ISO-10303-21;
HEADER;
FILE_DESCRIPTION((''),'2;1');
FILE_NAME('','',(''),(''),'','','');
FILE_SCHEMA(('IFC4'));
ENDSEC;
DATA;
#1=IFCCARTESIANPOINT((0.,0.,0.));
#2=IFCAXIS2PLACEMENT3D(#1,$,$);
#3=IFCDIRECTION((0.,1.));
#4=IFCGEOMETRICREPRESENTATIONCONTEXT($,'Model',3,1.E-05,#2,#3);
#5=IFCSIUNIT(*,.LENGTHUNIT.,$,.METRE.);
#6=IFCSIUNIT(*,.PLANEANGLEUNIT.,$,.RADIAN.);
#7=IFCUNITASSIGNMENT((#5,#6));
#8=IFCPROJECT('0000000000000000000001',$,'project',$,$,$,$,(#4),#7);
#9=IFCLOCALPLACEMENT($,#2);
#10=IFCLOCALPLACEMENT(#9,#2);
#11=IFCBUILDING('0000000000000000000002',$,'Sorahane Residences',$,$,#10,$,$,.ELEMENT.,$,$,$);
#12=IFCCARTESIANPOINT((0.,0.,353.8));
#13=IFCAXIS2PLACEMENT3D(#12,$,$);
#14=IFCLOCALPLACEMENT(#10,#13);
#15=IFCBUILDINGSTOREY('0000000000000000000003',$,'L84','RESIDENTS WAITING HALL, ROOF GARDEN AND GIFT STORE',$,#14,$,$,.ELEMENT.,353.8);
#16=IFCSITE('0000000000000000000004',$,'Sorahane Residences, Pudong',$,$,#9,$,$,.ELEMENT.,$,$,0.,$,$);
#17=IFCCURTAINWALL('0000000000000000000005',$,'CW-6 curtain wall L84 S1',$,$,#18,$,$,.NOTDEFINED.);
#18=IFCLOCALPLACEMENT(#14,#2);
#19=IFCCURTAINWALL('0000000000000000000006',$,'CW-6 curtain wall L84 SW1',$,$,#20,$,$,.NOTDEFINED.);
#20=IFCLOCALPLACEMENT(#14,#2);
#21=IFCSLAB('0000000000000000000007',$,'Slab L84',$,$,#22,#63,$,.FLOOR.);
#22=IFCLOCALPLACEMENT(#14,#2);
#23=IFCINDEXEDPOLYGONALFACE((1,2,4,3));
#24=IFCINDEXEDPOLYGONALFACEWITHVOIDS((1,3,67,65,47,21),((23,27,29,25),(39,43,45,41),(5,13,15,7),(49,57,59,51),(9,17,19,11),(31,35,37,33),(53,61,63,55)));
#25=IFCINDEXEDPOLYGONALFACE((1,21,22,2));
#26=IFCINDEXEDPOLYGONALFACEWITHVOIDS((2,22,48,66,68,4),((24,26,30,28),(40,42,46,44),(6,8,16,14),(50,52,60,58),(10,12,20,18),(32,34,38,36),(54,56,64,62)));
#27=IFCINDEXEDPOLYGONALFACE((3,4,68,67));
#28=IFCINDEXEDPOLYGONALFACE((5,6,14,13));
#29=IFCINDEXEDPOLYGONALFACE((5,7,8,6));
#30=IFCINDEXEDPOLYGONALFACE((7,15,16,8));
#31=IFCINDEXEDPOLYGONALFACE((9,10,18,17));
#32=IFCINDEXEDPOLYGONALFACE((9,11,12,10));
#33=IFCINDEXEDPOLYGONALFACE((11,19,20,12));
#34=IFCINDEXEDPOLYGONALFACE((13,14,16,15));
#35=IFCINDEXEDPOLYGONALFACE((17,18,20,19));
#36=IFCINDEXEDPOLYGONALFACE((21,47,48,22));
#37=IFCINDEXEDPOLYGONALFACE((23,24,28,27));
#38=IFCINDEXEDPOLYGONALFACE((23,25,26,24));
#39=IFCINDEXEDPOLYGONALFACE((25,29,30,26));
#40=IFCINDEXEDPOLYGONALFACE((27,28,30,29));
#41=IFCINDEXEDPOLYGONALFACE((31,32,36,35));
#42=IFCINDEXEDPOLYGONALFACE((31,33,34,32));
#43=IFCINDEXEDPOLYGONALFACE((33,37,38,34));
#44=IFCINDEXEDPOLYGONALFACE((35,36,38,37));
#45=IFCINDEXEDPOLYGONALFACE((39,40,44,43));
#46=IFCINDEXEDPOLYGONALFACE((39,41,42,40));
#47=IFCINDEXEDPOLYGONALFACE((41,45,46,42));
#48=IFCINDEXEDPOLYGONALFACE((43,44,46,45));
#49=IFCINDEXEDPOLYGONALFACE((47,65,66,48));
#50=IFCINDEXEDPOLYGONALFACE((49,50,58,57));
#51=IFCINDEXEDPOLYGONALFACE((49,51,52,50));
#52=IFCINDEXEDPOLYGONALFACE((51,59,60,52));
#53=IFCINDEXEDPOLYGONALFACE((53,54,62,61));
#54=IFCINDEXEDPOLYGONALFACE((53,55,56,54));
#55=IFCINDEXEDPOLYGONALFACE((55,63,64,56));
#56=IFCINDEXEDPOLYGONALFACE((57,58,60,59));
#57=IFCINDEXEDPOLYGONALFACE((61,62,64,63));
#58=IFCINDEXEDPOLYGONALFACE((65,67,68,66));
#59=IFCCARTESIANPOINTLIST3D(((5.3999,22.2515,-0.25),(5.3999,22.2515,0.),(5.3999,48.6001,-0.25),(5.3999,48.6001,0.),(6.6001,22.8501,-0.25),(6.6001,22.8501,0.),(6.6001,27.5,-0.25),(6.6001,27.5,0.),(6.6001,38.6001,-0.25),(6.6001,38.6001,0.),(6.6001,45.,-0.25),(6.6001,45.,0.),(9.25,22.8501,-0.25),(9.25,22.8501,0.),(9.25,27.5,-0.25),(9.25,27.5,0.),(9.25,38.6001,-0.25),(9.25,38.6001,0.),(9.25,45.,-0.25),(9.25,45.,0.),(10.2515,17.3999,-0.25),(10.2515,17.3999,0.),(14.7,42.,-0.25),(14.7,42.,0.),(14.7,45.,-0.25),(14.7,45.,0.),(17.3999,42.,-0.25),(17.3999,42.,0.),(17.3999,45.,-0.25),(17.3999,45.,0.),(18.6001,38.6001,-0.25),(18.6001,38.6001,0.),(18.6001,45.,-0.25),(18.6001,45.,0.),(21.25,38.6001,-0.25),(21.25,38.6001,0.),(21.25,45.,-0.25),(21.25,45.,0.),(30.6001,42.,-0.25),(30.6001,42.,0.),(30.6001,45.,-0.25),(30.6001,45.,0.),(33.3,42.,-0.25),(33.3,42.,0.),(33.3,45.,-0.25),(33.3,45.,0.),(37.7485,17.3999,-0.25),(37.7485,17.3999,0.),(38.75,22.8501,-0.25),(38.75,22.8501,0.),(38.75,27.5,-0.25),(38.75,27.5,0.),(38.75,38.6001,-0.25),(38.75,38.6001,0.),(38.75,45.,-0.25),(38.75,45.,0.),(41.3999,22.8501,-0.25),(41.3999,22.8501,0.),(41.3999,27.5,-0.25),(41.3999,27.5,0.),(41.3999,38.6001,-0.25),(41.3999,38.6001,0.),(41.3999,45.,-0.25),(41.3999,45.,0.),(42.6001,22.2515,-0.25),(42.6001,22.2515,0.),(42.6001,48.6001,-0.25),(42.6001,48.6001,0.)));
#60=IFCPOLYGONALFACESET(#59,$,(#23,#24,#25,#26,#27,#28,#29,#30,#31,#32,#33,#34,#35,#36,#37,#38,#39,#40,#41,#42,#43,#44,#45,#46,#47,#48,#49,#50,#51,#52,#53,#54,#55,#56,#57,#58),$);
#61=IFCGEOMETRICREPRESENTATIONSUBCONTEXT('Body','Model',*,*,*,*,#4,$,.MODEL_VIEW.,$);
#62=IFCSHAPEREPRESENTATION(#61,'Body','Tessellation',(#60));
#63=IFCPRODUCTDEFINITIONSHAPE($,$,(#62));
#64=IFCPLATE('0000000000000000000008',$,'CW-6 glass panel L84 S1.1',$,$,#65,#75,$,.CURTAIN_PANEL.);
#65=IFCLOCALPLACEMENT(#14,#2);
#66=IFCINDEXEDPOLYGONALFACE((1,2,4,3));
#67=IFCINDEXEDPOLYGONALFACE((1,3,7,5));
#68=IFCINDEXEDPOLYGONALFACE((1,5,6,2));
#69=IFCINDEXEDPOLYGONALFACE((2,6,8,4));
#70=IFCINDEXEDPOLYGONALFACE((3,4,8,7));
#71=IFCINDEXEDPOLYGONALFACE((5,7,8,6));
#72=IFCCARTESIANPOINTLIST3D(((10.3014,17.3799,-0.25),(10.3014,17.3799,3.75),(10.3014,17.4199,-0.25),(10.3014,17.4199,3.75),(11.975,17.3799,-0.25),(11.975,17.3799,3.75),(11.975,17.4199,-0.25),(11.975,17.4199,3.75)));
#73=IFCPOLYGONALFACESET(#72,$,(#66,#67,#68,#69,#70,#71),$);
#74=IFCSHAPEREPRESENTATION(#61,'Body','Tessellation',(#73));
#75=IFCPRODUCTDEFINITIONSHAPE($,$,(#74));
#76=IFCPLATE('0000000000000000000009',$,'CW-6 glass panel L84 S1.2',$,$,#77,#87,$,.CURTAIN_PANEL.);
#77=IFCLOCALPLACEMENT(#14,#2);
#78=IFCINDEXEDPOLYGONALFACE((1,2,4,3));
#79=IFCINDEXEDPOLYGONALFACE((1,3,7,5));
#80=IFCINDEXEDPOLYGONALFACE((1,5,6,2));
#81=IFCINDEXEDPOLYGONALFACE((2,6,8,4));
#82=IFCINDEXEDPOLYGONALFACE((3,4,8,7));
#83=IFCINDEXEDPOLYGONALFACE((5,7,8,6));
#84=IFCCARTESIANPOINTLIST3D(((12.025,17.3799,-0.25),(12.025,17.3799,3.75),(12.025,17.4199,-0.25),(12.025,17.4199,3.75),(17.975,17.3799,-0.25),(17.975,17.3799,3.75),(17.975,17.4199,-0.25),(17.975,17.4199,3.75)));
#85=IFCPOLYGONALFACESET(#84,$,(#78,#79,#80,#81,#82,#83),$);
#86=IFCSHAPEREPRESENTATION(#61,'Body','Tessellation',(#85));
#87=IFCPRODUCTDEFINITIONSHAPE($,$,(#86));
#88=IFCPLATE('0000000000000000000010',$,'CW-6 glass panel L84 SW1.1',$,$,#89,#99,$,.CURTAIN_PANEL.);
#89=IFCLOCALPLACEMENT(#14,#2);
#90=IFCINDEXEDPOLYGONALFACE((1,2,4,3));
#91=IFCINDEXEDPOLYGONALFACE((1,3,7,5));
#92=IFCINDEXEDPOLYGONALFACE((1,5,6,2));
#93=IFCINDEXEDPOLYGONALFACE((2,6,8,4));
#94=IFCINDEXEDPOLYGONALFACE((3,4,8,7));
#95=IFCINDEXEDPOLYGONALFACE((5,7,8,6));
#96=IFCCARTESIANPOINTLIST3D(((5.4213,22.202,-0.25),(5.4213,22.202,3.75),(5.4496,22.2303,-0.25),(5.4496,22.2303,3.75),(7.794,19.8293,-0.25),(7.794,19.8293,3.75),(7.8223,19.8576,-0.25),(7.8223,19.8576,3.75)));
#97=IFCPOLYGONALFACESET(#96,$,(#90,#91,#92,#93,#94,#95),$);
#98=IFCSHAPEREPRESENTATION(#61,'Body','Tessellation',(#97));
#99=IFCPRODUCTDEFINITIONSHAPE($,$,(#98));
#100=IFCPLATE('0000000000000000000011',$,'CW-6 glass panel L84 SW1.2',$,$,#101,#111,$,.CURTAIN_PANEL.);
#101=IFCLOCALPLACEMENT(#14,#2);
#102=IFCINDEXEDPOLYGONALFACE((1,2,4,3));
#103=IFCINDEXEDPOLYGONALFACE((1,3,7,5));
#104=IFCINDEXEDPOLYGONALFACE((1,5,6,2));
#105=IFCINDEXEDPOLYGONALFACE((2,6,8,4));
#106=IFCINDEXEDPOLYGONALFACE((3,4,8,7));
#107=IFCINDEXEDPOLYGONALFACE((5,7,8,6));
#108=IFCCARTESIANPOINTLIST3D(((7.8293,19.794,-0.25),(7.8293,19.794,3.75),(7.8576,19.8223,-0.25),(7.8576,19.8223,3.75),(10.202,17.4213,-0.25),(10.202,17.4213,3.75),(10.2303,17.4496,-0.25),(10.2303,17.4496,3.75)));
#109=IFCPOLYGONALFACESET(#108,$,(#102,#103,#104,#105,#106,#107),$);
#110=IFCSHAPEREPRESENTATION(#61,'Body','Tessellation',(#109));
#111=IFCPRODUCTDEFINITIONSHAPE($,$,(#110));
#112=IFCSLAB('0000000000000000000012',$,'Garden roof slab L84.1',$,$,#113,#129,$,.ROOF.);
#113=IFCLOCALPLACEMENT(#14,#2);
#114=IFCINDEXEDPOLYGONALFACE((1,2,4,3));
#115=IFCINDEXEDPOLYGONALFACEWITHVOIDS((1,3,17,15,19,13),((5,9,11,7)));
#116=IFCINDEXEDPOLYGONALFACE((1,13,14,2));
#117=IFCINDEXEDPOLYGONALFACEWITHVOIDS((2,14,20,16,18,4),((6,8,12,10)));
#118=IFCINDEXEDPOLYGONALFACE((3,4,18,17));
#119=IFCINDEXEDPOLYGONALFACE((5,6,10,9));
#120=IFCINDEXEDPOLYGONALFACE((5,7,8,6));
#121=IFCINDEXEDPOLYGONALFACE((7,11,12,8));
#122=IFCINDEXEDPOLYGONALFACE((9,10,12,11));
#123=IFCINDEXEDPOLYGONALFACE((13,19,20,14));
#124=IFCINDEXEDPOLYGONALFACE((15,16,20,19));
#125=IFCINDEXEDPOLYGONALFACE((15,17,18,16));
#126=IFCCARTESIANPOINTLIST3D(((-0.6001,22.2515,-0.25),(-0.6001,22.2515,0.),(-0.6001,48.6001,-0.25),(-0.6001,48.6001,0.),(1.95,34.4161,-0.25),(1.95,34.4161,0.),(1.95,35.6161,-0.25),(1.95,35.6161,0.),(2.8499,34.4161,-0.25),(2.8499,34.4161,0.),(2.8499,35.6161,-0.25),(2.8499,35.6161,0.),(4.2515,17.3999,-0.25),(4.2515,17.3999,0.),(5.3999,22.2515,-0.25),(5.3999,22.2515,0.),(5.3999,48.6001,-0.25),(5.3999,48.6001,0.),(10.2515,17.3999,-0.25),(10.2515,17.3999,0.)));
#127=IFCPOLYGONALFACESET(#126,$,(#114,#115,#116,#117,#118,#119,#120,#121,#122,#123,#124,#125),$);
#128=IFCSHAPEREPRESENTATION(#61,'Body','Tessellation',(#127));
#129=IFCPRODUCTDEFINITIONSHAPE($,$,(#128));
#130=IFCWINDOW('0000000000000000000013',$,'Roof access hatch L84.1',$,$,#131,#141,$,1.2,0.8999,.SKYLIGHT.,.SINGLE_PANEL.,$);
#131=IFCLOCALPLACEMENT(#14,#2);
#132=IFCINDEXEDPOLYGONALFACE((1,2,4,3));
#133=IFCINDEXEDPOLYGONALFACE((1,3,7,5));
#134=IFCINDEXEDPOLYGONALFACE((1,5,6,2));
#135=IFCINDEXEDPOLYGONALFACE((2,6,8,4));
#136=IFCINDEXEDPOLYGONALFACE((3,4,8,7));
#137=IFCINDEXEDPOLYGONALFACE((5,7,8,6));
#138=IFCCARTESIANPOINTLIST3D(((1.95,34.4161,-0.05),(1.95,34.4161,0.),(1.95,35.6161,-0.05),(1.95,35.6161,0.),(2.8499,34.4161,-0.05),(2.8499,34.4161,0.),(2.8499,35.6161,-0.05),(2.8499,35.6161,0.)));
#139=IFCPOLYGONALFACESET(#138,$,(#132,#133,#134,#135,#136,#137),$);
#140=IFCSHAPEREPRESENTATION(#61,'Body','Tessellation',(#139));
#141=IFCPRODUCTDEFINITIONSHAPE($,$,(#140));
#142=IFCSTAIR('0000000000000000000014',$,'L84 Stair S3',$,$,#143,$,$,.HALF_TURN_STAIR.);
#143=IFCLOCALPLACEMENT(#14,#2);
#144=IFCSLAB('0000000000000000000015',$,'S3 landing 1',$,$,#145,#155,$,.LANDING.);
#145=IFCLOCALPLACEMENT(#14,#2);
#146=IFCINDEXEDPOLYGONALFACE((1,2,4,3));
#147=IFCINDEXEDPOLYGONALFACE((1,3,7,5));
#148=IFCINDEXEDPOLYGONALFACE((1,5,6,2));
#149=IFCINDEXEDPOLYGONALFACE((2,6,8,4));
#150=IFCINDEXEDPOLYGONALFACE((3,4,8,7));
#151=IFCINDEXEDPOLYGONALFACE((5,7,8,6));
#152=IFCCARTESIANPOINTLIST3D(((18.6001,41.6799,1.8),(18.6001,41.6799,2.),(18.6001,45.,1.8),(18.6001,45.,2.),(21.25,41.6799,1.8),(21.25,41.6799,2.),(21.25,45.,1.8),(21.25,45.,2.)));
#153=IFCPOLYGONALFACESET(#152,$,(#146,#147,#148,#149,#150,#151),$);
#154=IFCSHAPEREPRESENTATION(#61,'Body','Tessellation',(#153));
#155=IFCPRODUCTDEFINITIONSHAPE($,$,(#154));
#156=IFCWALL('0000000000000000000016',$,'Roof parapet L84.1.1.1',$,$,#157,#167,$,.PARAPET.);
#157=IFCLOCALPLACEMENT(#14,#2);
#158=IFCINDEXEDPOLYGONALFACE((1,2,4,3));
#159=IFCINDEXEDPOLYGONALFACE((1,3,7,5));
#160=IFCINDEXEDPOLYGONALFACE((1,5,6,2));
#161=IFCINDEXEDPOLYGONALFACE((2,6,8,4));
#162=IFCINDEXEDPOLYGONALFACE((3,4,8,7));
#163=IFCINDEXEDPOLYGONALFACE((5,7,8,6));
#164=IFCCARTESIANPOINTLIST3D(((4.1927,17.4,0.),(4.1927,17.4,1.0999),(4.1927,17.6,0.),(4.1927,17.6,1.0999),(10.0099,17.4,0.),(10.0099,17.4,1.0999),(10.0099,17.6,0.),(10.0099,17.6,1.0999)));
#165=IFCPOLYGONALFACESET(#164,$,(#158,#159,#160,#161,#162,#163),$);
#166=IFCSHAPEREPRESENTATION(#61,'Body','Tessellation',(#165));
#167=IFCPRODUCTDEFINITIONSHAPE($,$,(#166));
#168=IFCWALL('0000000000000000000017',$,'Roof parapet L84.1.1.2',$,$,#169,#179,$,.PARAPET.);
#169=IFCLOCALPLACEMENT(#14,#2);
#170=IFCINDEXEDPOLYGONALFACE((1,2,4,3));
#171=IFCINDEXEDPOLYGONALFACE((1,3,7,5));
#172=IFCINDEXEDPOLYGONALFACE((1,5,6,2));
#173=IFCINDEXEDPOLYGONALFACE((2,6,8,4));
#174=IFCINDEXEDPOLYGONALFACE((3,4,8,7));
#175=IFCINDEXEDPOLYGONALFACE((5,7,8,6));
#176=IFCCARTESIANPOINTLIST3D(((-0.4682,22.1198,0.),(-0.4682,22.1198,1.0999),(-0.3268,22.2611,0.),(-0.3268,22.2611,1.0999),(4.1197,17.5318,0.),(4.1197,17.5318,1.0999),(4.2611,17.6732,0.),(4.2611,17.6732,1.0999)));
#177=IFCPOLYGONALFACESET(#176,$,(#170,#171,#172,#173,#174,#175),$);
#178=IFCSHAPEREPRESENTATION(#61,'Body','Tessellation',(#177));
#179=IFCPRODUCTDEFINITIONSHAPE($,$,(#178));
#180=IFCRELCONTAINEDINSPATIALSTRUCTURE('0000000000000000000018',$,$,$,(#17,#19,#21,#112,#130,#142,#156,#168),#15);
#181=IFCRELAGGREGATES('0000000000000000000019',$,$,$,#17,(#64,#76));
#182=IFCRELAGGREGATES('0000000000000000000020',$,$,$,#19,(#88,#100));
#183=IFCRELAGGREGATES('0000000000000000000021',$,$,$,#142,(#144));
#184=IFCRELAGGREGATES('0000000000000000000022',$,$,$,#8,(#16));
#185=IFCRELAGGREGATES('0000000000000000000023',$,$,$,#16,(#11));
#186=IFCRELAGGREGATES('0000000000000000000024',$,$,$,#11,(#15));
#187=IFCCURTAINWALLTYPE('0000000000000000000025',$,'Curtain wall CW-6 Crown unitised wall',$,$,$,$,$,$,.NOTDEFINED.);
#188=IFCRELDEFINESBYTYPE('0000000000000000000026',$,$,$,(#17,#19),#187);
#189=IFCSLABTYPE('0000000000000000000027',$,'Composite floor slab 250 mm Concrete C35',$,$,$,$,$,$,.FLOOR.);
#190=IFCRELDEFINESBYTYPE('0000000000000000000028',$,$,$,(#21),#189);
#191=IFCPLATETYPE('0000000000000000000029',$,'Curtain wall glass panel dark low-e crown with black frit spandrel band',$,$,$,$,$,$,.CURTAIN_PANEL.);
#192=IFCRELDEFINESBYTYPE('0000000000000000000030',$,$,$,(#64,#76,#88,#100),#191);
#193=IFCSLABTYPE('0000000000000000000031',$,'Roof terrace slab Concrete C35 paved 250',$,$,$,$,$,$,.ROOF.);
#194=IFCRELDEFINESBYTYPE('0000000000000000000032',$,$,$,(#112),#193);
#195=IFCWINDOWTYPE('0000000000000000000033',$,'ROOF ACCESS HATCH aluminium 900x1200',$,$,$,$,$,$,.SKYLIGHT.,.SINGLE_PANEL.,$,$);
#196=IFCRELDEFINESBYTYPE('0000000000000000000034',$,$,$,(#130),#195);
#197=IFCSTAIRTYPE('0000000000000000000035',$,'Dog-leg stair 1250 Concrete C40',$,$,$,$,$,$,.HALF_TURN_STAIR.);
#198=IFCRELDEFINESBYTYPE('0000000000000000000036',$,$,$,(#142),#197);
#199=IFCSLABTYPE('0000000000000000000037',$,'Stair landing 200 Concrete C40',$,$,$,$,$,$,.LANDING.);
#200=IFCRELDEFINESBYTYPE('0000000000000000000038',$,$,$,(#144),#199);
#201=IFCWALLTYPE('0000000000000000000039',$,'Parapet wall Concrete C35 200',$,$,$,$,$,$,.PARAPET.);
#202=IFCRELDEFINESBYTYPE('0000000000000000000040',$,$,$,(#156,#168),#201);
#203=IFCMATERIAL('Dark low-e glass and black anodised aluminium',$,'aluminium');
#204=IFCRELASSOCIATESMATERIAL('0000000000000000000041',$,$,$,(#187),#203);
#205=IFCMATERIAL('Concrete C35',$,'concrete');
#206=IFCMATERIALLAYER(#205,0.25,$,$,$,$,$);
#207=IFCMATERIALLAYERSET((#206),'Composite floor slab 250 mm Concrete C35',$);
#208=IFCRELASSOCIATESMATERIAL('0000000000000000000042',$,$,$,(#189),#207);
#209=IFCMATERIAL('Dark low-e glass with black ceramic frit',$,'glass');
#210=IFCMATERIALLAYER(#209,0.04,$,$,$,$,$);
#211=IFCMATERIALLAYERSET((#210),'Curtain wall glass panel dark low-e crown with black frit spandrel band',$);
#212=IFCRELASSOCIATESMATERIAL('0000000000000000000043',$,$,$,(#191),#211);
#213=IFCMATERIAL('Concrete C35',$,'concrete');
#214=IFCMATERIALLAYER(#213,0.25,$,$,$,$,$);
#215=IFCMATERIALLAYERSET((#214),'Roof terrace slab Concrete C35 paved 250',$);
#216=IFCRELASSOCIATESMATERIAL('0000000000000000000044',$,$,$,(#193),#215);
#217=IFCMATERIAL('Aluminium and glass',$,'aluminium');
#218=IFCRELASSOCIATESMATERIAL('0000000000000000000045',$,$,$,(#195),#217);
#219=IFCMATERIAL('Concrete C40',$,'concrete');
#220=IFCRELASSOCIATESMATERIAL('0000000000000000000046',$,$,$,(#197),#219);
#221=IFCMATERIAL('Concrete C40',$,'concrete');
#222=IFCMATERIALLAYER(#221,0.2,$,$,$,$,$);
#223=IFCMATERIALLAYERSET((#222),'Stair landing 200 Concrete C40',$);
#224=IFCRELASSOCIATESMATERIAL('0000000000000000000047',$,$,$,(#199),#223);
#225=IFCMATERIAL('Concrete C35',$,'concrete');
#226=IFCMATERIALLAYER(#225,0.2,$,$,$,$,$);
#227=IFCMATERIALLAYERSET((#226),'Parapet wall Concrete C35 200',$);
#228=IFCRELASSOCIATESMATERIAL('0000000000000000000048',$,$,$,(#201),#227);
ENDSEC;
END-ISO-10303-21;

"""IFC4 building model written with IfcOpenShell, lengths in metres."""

from ifc_helpers import new_model, si_unit, direction, frame, frame_2d, origin, origin_2d, place, context, subcontext, project, spatial, polyline, rectangle, outline, extrude, material, layer, layer_set, type_object, element, fill, aggregate, save


model = new_model("IFC4")

# Units and contexts
model_context = context("Model", 3, precision=1e-05, world=origin(), true_north=direction((0.0, 1.0)))
body_context = subcontext(model_context, "Body", "Model", "MODEL_VIEW")
ifc_project = project(units=[si_unit("LENGTHUNIT", "METRE"), si_unit("PLANEANGLEUNIT", "RADIAN")], contexts=[model_context])

# Site, building, storey
site_placement = place(None, origin())
site = spatial("IfcSite", under=ifc_project, at=site_placement, Name="Sorahane Residences, Pudong", CompositionType="ELEMENT", RefElevation=0.0)
building_placement = place(site_placement, origin())
building = spatial("IfcBuilding", under=site, at=building_placement, Name="Sorahane Residences", CompositionType="ELEMENT")
storey_placement = place(building_placement, frame((0.0, 0.0, 353.8)))
storey = spatial("IfcBuildingStorey", under=building, at=storey_placement, Name="L84", Description="RESIDENTS WAITING HALL, ROOF GARDEN AND GIFT STORE", CompositionType="ELEMENT", Elevation=353.8)

# Curtain walls
ifc_material_1 = material(Name="Dark low-e glass and black anodised aluminium", Category="aluminium")
curtain_wall_type = type_object("IfcCurtainWallType", Name="Curtain wall CW-6 Crown unitised wall", PredefinedType="NOTDEFINED", material=ifc_material_1)
curtain_wall_1_placement = place(storey_placement, origin())
curtain_wall_1 = element("IfcCurtainWall", 1, at=curtain_wall_1_placement, inside=storey, type_object=curtain_wall_type, Name="CW-6 curtain wall L84 S1", PredefinedType="NOTDEFINED")
curtain_wall_2_placement = place(storey_placement, origin())
curtain_wall_2 = element("IfcCurtainWall", 2, at=curtain_wall_2_placement, inside=storey, type_object=curtain_wall_type, Name="CW-6 curtain wall L84 SW1", PredefinedType="NOTDEFINED")

# Slab
ifc_material_2 = material(Name="Concrete C35", Category="concrete")
ifc_layer_1 = layer(ifc_material_2, 0.25)
ifc_layer_set_1 = layer_set([ifc_layer_1], Name="Composite floor slab 250 mm Concrete C35")
slab_type_1 = type_object("IfcSlabType", Name="Composite floor slab 250 mm Concrete C35", PredefinedType="FLOOR", material=ifc_layer_set_1)
slab_1_placement = place(storey_placement, frame((0.0, 0.0, -0.25)))
element("IfcSlab", 3, at=slab_1_placement, inside=storey, type_object=slab_type_1, Name="Slab L84", PredefinedType="FLOOR", context=body_context, shape_type="SweptSolid", body=[
    extrude(outline(polyline([(10.2515, 17.3999), (5.3999, 22.2515), (5.3999, 48.6001), (42.6001, 48.6001), (42.6001, 22.2515), (37.7485, 17.3999), (10.2515, 17.3999)]), holes=[polyline([(30.6001, 42.0), (33.3, 42.0), (33.3, 45.0), (30.6001, 45.0), (30.6001, 42.0)]), polyline([(14.7, 42.0), (17.3999, 42.0), (17.3999, 45.0), (14.7, 45.0), (14.7, 42.0)]), polyline([(9.25, 38.6001), (9.25, 45.0), (6.6001, 45.0), (6.6001, 38.6001), (9.25, 38.6001)]), polyline([(41.3999, 38.6001), (41.3999, 45.0), (38.75, 45.0), (38.75, 38.6001), (41.3999, 38.6001)]), polyline([(21.25, 38.6001), (21.25, 45.0), (18.6001, 45.0), (18.6001, 38.6001), (21.25, 38.6001)]), polyline([(9.25, 22.8501), (9.25, 27.5), (6.6001, 27.5), (6.6001, 22.8501), (9.25, 22.8501)]), polyline([(41.3999, 22.8501), (41.3999, 27.5), (38.75, 27.5), (38.75, 22.8501), (41.3999, 22.8501)])]), origin(), (0.0, 0.0, 1.0), 0.25),
])

# Plates
ifc_material_3 = material(Name="Dark low-e glass with black ceramic frit", Category="glass")
ifc_layer_2 = layer(ifc_material_3, 0.04)
ifc_layer_set_2 = layer_set([ifc_layer_2], Name="Curtain wall glass panel dark low-e crown with black frit spandrel band")
plate_type = type_object("IfcPlateType", Name="Curtain wall glass panel dark low-e crown with black frit spandrel band", PredefinedType="CURTAIN_PANEL", material=ifc_layer_set_2)
plate_1_placement = place(storey_placement, frame((11.1382, 17.3999, -0.25), z_axis=(0.0, 0.0, 1.0), x_axis=(1.0, 0.0, 0.0)))
plate_1 = element("IfcPlate", 4, at=plate_1_placement, type_object=plate_type, Name="CW-6 glass panel L84 S1.1", PredefinedType="CURTAIN_PANEL", context=body_context, shape_type="SweptSolid", body=[
    extrude(rectangle(XDim=1.6736, YDim=0.04, at=origin_2d()), origin(), (0.0, 0.0, 1.0), 4.0),
])
plate_2_placement = place(storey_placement, frame((15.0, 17.3999, -0.25), z_axis=(0.0, 0.0, 1.0), x_axis=(1.0, 0.0, 0.0)))
plate_2 = element("IfcPlate", 5, at=plate_2_placement, type_object=plate_type, Name="CW-6 glass panel L84 S1.2", PredefinedType="CURTAIN_PANEL", context=body_context, shape_type="SweptSolid", body=[
    extrude(rectangle(XDim=5.95, YDim=0.04, at=origin_2d()), origin(), (0.0, 0.0, 1.0), 4.0),
])
aggregate(curtain_wall_1, [plate_1, plate_2])
plate_3_placement = place(storey_placement, frame((6.6218, 21.0298, -0.25), z_axis=(0.0, 0.0, 1.0), x_axis=(0.707107, -0.707107, 0.0)))
plate_3 = element("IfcPlate", 6, at=plate_3_placement, type_object=plate_type, Name="CW-6 glass panel L84 SW1.1", PredefinedType="CURTAIN_PANEL", context=body_context, shape_type="SweptSolid", body=[
    extrude(rectangle(XDim=3.3555, YDim=0.04, at=origin_2d()), origin(), (0.0, 0.0, 1.0), 4.0),
])
plate_4_placement = place(storey_placement, frame((9.0298, 18.6218, -0.25), z_axis=(0.0, 0.0, 1.0), x_axis=(0.707107, -0.707107, 0.0)))
plate_4 = element("IfcPlate", 7, at=plate_4_placement, type_object=plate_type, Name="CW-6 glass panel L84 SW1.2", PredefinedType="CURTAIN_PANEL", context=body_context, shape_type="SweptSolid", body=[
    extrude(rectangle(XDim=3.3555, YDim=0.04, at=origin_2d()), origin(), (0.0, 0.0, 1.0), 4.0),
])
aggregate(curtain_wall_2, [plate_3, plate_4])

# Slab, opening, window
ifc_material_4 = material(Name="Concrete C35", Category="concrete")
ifc_layer_3 = layer(ifc_material_4, 0.25)
ifc_layer_set_3 = layer_set([ifc_layer_3], Name="Roof terrace slab Concrete C35 paved 250")
slab_type_2 = type_object("IfcSlabType", Name="Roof terrace slab Concrete C35 paved 250", PredefinedType="ROOF", material=ifc_layer_set_3)
slab_2_placement = place(storey_placement, frame((0.0, 0.0, -0.25)))
slab_2 = element("IfcSlab", 8, at=slab_2_placement, inside=storey, type_object=slab_type_2, Name="Garden roof slab L84.1", PredefinedType="ROOF", context=body_context, shape_type="SweptSolid", body=[
    extrude(outline(polyline([(-0.6001, 48.6001), (5.3999, 48.6001), (5.3999, 22.2515), (10.2515, 17.3999), (4.2515, 17.3999), (-0.6001, 22.2515), (-0.6001, 48.6001)])), origin(), (0.0, 0.0, 1.0), 0.25),
])
opening_1_placement = place(slab_2_placement, frame((2.3999, 35.0161, 0.0)))
opening_1 = element("IfcOpeningElement", 9, at=opening_1_placement, cuts=slab_2, PredefinedType="OPENING", context=body_context, shape_type="SweptSolid", body=[
    extrude(rectangle(XDim=0.8999, YDim=1.2, at=origin_2d()), frame((0.0, 0.0, -0.01)), (0.0, 0.0, 1.0), 0.27),
])
ifc_material_5 = material(Name="Aluminium and glass", Category="aluminium")
window_type = type_object("IfcWindowType", Name="ROOF ACCESS HATCH aluminium 900x1200", PartitioningType="SINGLE_PANEL", PredefinedType="SKYLIGHT", material=ifc_material_5)
window_placement = place(opening_1_placement, frame((0.0, 0.0, 0.2)))
window = element("IfcWindow", 10, at=window_placement, inside=storey, type_object=window_type, Name="Roof access hatch L84.1", OverallHeight=1.2, OverallWidth=0.8999, PartitioningType="SINGLE_PANEL", PredefinedType="SKYLIGHT", context=body_context, shape_type="SweptSolid", body=[
    extrude(rectangle(XDim=0.8999, YDim=1.2, at=origin_2d()), origin(), (0.0, 0.0, 1.0), 0.05),
])
fill(opening_1, window)

# Stair, slab
ifc_material_6 = material(Name="Concrete C40", Category="concrete")
stair_type = type_object("IfcStairType", Name="Dog-leg stair 1250 Concrete C40", PredefinedType="HALF_TURN_STAIR", material=ifc_material_6)
stair_placement = place(storey_placement, origin())
stair = element("IfcStair", 11, at=stair_placement, inside=storey, type_object=stair_type, Name="L84 Stair S3", PredefinedType="HALF_TURN_STAIR")
ifc_material_7 = material(Name="Concrete C40", Category="concrete")
ifc_layer_4 = layer(ifc_material_7, 0.2)
ifc_layer_set_4 = layer_set([ifc_layer_4], Name="Stair landing 200 Concrete C40")
slab_type_3 = type_object("IfcSlabType", Name="Stair landing 200 Concrete C40", PredefinedType="LANDING", material=ifc_layer_set_4)
slab_3_placement = place(storey_placement, frame((0.0, 0.0, 1.8)))
slab_3 = element("IfcSlab", 12, at=slab_3_placement, type_object=slab_type_3, Name="S3 landing 1", PredefinedType="LANDING", context=body_context, shape_type="SweptSolid", body=[
    extrude(outline(polyline([(21.25, 41.6799), (21.25, 45.0), (18.6001, 45.0), (18.6001, 41.6799), (21.25, 41.6799)])), origin(), (0.0, 0.0, 1.0), 0.2),
])
aggregate(stair, [slab_3])

# Walls
ifc_material_8 = material(Name="Concrete C35", Category="concrete")
ifc_layer_5 = layer(ifc_material_8, 0.2)
ifc_layer_set_5 = layer_set([ifc_layer_5], Name="Parapet wall Concrete C35 200")
wall_type_1 = type_object("IfcWallType", Name="Parapet wall Concrete C35 200", PredefinedType="PARAPET", material=ifc_layer_set_5)
wall_1_placement = place(storey_placement, frame((10.01, 17.5, 0.0), z_axis=(0.0, 0.0, 1.0), x_axis=(-1.0, 0.0, 0.0)))
element("IfcWall", 13, at=wall_1_placement, inside=storey, type_object=wall_type_1, Name="Roof parapet L84.1.1.1", PredefinedType="PARAPET", context=body_context, shape_type="SweptSolid", body=[
    extrude(rectangle(XDim=5.8171, YDim=0.2, at=frame_2d((2.9087, 0.0))), origin(), (0.0, 0.0, 1.0), 1.0999),
])
wall_2_placement = place(storey_placement, frame((4.1904, 17.6025, 0.0), z_axis=(0.0, 0.0, 1.0), x_axis=(-0.707107, 0.707107, 0.0)))
element("IfcWall", 14, at=wall_2_placement, inside=storey, type_object=wall_type_1, Name="Roof parapet L84.1.1.2", PredefinedType="PARAPET", context=body_context, shape_type="SweptSolid", body=[
    extrude(rectangle(XDim=6.4883, YDim=0.2, at=frame_2d((3.2441, 0.0))), origin(), (0.0, 0.0, 1.0), 1.0999),
])

save(model, "model.ifc")
